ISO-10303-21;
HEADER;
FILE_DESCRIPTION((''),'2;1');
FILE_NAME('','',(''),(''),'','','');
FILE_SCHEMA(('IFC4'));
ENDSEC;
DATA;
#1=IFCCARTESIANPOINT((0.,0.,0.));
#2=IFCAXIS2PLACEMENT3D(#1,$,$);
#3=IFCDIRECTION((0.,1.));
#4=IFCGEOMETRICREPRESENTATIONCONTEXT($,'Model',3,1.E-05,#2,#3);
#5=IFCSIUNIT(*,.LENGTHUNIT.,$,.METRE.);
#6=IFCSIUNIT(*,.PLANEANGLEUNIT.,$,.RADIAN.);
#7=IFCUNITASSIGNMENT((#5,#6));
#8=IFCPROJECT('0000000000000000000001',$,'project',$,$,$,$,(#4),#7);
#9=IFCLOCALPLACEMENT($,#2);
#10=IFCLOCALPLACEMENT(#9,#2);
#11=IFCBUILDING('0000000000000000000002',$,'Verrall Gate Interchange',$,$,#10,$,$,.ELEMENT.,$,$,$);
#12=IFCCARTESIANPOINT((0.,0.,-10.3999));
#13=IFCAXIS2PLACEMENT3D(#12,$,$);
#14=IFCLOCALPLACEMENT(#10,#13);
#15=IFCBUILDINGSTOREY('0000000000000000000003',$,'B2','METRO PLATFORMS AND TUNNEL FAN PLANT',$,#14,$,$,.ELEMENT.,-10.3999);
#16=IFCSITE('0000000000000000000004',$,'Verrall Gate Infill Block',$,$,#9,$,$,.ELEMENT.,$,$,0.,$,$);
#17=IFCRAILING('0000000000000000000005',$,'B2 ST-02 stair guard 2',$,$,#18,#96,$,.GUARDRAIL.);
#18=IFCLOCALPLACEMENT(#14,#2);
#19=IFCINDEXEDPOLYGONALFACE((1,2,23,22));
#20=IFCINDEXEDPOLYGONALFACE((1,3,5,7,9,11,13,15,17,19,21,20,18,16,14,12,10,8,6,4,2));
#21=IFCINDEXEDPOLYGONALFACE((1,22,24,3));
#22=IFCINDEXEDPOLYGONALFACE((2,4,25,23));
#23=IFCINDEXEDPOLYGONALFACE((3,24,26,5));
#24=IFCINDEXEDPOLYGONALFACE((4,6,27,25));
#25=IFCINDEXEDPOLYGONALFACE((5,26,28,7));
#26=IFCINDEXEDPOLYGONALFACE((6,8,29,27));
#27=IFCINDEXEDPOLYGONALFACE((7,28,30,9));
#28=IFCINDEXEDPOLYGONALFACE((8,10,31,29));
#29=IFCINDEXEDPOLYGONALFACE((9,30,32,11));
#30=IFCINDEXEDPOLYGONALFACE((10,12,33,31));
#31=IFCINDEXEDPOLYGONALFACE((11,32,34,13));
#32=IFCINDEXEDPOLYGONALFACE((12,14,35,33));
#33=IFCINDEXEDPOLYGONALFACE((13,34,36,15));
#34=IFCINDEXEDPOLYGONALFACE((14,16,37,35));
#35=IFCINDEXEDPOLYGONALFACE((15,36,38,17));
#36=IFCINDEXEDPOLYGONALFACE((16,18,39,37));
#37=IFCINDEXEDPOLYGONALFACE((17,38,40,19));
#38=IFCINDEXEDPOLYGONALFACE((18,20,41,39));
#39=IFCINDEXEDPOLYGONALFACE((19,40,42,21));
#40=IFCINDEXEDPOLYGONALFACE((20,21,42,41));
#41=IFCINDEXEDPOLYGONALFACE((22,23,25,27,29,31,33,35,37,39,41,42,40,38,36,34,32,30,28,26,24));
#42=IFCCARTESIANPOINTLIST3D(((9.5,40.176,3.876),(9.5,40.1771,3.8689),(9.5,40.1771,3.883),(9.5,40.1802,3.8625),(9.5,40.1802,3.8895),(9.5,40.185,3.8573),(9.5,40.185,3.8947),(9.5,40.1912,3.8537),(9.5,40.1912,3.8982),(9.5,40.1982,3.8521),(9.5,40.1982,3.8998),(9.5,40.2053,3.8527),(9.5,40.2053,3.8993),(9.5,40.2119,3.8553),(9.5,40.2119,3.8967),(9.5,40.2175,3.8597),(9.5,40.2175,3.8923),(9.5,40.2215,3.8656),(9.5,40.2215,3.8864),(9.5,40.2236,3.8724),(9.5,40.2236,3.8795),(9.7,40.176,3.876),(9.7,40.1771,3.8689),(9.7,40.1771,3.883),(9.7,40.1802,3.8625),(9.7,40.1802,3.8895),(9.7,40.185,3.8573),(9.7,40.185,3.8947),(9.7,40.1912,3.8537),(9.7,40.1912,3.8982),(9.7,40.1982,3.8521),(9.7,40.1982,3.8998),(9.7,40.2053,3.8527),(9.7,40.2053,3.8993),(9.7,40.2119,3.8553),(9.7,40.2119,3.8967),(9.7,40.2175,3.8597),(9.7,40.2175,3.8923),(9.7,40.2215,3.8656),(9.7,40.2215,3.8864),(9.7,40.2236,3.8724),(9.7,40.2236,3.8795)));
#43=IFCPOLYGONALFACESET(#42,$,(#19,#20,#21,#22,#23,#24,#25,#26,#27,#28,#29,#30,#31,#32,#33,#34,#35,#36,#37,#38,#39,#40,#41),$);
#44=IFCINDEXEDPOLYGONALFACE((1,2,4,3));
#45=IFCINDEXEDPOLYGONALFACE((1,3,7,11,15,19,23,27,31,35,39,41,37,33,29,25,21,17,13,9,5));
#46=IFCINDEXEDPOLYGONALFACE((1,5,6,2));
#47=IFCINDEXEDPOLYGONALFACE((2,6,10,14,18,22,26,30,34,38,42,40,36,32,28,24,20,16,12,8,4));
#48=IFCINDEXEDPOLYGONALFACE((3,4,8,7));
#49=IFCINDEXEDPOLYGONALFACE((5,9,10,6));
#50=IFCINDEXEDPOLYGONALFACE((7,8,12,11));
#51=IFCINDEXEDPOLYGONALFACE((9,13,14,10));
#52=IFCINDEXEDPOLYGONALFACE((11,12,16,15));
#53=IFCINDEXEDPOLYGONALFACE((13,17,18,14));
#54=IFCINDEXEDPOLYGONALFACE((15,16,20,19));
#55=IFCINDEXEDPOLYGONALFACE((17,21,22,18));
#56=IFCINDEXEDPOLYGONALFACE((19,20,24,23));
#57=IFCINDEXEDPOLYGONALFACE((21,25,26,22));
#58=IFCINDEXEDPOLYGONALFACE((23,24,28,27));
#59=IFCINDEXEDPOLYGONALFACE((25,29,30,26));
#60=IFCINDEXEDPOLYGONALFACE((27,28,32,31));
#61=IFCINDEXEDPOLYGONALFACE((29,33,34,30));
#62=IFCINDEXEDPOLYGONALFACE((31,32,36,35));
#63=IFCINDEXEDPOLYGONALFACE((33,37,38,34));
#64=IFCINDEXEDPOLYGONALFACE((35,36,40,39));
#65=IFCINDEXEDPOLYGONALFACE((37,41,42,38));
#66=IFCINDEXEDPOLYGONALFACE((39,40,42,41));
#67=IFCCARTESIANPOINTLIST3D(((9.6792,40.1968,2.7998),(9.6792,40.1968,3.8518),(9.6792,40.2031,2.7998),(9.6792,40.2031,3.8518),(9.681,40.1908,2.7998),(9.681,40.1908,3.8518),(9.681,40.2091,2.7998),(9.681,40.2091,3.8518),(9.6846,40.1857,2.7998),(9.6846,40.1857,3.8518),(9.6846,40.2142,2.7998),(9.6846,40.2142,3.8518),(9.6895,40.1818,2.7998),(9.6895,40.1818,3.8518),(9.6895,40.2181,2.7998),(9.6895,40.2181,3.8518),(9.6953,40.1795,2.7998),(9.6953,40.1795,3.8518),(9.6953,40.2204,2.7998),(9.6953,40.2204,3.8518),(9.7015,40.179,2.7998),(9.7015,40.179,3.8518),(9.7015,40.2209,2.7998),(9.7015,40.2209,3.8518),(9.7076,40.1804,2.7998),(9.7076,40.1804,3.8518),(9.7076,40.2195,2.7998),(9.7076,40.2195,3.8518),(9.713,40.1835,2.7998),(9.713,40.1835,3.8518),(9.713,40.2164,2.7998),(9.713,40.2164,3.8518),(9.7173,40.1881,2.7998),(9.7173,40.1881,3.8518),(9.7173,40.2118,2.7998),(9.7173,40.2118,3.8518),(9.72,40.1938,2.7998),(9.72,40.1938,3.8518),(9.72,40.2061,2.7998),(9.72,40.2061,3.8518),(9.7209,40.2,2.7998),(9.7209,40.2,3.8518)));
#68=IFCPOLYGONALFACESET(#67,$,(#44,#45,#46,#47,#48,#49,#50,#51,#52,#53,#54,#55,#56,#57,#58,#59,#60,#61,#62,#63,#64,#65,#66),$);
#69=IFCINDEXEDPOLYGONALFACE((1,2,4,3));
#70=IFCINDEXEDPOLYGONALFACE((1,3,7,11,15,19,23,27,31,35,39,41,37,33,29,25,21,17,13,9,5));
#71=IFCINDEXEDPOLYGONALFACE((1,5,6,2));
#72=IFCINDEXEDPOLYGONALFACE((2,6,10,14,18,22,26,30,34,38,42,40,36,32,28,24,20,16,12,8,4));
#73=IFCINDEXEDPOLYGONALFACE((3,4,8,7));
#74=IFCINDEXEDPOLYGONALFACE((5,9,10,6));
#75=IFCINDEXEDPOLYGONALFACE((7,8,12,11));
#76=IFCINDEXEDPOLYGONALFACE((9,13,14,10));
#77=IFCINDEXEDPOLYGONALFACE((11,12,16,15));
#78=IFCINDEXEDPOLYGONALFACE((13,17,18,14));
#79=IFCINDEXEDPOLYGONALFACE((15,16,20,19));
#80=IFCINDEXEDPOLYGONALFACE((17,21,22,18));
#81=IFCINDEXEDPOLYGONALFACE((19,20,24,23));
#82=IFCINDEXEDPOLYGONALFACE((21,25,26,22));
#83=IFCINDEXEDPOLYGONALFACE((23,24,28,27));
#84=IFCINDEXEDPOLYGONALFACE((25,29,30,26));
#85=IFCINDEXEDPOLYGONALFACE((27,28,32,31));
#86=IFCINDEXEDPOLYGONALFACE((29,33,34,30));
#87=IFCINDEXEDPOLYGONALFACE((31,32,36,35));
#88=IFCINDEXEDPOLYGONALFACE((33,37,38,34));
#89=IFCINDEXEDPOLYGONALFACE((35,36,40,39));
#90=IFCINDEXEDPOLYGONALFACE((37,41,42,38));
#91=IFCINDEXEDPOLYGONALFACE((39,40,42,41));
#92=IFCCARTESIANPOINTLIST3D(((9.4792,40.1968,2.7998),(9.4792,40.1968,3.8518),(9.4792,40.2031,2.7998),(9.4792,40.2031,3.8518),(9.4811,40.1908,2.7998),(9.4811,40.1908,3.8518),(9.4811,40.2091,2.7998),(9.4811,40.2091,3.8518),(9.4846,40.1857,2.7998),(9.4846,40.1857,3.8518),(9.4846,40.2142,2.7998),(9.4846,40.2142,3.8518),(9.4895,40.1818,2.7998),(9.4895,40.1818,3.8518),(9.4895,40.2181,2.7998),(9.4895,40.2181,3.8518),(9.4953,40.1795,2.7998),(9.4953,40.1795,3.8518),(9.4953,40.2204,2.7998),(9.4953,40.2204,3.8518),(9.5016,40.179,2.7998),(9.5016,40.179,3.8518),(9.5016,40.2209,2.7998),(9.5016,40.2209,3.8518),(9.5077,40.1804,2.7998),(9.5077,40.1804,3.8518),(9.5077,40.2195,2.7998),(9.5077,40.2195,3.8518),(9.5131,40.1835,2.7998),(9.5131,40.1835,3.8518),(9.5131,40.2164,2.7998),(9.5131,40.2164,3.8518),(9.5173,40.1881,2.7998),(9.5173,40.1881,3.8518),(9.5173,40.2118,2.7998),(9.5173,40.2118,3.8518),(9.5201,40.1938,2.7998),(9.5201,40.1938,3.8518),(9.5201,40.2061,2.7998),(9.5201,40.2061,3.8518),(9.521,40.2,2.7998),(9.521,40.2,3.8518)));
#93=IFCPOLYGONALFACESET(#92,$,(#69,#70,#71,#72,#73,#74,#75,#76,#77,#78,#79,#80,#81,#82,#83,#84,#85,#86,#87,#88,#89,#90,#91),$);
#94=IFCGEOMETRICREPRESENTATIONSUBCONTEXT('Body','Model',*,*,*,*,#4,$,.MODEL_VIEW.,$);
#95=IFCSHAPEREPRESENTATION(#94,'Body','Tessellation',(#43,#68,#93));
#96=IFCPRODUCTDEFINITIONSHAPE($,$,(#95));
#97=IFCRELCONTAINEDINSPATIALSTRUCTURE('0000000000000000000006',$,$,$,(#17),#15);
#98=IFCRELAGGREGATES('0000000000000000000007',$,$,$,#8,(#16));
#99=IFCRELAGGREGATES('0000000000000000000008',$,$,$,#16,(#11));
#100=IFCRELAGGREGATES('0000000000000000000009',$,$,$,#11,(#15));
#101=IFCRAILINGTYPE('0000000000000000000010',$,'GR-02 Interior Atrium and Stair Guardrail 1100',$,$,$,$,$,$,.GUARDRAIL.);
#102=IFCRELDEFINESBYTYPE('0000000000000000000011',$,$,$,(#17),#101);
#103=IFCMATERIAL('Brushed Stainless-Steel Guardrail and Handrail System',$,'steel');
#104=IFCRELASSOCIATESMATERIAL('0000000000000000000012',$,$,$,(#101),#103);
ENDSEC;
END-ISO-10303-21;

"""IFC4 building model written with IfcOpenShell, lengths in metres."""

from ifc_helpers import new_model, si_unit, direction, frame, origin, origin_2d, place, context, subcontext, project, spatial, circle, extrude, material, type_object, element, save


model = new_model("IFC4")

# Units and contexts
model_context = context("Model", 3, precision=1e-05, world=origin(), true_north=direction((0.0, 1.0)))
body_context = subcontext(model_context, "Body", "Model", "MODEL_VIEW")
ifc_project = project(units=[si_unit("LENGTHUNIT", "METRE"), si_unit("PLANEANGLEUNIT", "RADIAN")], contexts=[model_context])

# Site, building, storey
site_placement = place(None, origin())
site = spatial("IfcSite", under=ifc_project, at=site_placement, Name="Verrall Gate Infill Block", CompositionType="ELEMENT", RefElevation=0.0)
building_placement = place(site_placement, origin())
building = spatial("IfcBuilding", under=site, at=building_placement, Name="Verrall Gate Interchange", CompositionType="ELEMENT")
storey_placement = place(building_placement, frame((0.0, 0.0, -10.3999)))
storey = spatial("IfcBuildingStorey", under=building, at=storey_placement, Name="B2", Description="METRO PLATFORMS AND TUNNEL FAN PLANT", CompositionType="ELEMENT", Elevation=-10.3999)

# Railing
ifc_material_1 = material(Name="Brushed Stainless-Steel Guardrail and Handrail System", Category="steel")
railing_type_1 = type_object("IfcRailingType", Name="GR-02 Interior Atrium and Stair Guardrail 1100", PredefinedType="GUARDRAIL", material=ifc_material_1)
railing_1_placement = place(storey_placement, frame((9.7, 40.2, 2.7998)))
element("IfcRailing", 1, at=railing_1_placement, inside=storey, type_object=railing_type_1, Name="B2 ST-02 stair guard 2", PredefinedType="GUARDRAIL", context=body_context, shape_type="SweptSolid", body=[
    extrude(circle(Radius=0.0239, at=origin_2d()), frame((0.0, 0.0, 1.0762), z_axis=(-1.0, 0.0, 0.0), x_axis=(0.0, -1.0, 0.0)), (0.0, 0.0, 1.0), 0.2),
    extrude(circle(Radius=0.021, at=origin_2d()), origin(), (0.0, 0.0, 1.0), 1.052),
    extrude(circle(Radius=0.021, at=origin_2d()), frame((-0.2, 0.0, 0.0)), (0.0, 0.0, 1.0), 1.052),
])

save(model, "model.ifc")
